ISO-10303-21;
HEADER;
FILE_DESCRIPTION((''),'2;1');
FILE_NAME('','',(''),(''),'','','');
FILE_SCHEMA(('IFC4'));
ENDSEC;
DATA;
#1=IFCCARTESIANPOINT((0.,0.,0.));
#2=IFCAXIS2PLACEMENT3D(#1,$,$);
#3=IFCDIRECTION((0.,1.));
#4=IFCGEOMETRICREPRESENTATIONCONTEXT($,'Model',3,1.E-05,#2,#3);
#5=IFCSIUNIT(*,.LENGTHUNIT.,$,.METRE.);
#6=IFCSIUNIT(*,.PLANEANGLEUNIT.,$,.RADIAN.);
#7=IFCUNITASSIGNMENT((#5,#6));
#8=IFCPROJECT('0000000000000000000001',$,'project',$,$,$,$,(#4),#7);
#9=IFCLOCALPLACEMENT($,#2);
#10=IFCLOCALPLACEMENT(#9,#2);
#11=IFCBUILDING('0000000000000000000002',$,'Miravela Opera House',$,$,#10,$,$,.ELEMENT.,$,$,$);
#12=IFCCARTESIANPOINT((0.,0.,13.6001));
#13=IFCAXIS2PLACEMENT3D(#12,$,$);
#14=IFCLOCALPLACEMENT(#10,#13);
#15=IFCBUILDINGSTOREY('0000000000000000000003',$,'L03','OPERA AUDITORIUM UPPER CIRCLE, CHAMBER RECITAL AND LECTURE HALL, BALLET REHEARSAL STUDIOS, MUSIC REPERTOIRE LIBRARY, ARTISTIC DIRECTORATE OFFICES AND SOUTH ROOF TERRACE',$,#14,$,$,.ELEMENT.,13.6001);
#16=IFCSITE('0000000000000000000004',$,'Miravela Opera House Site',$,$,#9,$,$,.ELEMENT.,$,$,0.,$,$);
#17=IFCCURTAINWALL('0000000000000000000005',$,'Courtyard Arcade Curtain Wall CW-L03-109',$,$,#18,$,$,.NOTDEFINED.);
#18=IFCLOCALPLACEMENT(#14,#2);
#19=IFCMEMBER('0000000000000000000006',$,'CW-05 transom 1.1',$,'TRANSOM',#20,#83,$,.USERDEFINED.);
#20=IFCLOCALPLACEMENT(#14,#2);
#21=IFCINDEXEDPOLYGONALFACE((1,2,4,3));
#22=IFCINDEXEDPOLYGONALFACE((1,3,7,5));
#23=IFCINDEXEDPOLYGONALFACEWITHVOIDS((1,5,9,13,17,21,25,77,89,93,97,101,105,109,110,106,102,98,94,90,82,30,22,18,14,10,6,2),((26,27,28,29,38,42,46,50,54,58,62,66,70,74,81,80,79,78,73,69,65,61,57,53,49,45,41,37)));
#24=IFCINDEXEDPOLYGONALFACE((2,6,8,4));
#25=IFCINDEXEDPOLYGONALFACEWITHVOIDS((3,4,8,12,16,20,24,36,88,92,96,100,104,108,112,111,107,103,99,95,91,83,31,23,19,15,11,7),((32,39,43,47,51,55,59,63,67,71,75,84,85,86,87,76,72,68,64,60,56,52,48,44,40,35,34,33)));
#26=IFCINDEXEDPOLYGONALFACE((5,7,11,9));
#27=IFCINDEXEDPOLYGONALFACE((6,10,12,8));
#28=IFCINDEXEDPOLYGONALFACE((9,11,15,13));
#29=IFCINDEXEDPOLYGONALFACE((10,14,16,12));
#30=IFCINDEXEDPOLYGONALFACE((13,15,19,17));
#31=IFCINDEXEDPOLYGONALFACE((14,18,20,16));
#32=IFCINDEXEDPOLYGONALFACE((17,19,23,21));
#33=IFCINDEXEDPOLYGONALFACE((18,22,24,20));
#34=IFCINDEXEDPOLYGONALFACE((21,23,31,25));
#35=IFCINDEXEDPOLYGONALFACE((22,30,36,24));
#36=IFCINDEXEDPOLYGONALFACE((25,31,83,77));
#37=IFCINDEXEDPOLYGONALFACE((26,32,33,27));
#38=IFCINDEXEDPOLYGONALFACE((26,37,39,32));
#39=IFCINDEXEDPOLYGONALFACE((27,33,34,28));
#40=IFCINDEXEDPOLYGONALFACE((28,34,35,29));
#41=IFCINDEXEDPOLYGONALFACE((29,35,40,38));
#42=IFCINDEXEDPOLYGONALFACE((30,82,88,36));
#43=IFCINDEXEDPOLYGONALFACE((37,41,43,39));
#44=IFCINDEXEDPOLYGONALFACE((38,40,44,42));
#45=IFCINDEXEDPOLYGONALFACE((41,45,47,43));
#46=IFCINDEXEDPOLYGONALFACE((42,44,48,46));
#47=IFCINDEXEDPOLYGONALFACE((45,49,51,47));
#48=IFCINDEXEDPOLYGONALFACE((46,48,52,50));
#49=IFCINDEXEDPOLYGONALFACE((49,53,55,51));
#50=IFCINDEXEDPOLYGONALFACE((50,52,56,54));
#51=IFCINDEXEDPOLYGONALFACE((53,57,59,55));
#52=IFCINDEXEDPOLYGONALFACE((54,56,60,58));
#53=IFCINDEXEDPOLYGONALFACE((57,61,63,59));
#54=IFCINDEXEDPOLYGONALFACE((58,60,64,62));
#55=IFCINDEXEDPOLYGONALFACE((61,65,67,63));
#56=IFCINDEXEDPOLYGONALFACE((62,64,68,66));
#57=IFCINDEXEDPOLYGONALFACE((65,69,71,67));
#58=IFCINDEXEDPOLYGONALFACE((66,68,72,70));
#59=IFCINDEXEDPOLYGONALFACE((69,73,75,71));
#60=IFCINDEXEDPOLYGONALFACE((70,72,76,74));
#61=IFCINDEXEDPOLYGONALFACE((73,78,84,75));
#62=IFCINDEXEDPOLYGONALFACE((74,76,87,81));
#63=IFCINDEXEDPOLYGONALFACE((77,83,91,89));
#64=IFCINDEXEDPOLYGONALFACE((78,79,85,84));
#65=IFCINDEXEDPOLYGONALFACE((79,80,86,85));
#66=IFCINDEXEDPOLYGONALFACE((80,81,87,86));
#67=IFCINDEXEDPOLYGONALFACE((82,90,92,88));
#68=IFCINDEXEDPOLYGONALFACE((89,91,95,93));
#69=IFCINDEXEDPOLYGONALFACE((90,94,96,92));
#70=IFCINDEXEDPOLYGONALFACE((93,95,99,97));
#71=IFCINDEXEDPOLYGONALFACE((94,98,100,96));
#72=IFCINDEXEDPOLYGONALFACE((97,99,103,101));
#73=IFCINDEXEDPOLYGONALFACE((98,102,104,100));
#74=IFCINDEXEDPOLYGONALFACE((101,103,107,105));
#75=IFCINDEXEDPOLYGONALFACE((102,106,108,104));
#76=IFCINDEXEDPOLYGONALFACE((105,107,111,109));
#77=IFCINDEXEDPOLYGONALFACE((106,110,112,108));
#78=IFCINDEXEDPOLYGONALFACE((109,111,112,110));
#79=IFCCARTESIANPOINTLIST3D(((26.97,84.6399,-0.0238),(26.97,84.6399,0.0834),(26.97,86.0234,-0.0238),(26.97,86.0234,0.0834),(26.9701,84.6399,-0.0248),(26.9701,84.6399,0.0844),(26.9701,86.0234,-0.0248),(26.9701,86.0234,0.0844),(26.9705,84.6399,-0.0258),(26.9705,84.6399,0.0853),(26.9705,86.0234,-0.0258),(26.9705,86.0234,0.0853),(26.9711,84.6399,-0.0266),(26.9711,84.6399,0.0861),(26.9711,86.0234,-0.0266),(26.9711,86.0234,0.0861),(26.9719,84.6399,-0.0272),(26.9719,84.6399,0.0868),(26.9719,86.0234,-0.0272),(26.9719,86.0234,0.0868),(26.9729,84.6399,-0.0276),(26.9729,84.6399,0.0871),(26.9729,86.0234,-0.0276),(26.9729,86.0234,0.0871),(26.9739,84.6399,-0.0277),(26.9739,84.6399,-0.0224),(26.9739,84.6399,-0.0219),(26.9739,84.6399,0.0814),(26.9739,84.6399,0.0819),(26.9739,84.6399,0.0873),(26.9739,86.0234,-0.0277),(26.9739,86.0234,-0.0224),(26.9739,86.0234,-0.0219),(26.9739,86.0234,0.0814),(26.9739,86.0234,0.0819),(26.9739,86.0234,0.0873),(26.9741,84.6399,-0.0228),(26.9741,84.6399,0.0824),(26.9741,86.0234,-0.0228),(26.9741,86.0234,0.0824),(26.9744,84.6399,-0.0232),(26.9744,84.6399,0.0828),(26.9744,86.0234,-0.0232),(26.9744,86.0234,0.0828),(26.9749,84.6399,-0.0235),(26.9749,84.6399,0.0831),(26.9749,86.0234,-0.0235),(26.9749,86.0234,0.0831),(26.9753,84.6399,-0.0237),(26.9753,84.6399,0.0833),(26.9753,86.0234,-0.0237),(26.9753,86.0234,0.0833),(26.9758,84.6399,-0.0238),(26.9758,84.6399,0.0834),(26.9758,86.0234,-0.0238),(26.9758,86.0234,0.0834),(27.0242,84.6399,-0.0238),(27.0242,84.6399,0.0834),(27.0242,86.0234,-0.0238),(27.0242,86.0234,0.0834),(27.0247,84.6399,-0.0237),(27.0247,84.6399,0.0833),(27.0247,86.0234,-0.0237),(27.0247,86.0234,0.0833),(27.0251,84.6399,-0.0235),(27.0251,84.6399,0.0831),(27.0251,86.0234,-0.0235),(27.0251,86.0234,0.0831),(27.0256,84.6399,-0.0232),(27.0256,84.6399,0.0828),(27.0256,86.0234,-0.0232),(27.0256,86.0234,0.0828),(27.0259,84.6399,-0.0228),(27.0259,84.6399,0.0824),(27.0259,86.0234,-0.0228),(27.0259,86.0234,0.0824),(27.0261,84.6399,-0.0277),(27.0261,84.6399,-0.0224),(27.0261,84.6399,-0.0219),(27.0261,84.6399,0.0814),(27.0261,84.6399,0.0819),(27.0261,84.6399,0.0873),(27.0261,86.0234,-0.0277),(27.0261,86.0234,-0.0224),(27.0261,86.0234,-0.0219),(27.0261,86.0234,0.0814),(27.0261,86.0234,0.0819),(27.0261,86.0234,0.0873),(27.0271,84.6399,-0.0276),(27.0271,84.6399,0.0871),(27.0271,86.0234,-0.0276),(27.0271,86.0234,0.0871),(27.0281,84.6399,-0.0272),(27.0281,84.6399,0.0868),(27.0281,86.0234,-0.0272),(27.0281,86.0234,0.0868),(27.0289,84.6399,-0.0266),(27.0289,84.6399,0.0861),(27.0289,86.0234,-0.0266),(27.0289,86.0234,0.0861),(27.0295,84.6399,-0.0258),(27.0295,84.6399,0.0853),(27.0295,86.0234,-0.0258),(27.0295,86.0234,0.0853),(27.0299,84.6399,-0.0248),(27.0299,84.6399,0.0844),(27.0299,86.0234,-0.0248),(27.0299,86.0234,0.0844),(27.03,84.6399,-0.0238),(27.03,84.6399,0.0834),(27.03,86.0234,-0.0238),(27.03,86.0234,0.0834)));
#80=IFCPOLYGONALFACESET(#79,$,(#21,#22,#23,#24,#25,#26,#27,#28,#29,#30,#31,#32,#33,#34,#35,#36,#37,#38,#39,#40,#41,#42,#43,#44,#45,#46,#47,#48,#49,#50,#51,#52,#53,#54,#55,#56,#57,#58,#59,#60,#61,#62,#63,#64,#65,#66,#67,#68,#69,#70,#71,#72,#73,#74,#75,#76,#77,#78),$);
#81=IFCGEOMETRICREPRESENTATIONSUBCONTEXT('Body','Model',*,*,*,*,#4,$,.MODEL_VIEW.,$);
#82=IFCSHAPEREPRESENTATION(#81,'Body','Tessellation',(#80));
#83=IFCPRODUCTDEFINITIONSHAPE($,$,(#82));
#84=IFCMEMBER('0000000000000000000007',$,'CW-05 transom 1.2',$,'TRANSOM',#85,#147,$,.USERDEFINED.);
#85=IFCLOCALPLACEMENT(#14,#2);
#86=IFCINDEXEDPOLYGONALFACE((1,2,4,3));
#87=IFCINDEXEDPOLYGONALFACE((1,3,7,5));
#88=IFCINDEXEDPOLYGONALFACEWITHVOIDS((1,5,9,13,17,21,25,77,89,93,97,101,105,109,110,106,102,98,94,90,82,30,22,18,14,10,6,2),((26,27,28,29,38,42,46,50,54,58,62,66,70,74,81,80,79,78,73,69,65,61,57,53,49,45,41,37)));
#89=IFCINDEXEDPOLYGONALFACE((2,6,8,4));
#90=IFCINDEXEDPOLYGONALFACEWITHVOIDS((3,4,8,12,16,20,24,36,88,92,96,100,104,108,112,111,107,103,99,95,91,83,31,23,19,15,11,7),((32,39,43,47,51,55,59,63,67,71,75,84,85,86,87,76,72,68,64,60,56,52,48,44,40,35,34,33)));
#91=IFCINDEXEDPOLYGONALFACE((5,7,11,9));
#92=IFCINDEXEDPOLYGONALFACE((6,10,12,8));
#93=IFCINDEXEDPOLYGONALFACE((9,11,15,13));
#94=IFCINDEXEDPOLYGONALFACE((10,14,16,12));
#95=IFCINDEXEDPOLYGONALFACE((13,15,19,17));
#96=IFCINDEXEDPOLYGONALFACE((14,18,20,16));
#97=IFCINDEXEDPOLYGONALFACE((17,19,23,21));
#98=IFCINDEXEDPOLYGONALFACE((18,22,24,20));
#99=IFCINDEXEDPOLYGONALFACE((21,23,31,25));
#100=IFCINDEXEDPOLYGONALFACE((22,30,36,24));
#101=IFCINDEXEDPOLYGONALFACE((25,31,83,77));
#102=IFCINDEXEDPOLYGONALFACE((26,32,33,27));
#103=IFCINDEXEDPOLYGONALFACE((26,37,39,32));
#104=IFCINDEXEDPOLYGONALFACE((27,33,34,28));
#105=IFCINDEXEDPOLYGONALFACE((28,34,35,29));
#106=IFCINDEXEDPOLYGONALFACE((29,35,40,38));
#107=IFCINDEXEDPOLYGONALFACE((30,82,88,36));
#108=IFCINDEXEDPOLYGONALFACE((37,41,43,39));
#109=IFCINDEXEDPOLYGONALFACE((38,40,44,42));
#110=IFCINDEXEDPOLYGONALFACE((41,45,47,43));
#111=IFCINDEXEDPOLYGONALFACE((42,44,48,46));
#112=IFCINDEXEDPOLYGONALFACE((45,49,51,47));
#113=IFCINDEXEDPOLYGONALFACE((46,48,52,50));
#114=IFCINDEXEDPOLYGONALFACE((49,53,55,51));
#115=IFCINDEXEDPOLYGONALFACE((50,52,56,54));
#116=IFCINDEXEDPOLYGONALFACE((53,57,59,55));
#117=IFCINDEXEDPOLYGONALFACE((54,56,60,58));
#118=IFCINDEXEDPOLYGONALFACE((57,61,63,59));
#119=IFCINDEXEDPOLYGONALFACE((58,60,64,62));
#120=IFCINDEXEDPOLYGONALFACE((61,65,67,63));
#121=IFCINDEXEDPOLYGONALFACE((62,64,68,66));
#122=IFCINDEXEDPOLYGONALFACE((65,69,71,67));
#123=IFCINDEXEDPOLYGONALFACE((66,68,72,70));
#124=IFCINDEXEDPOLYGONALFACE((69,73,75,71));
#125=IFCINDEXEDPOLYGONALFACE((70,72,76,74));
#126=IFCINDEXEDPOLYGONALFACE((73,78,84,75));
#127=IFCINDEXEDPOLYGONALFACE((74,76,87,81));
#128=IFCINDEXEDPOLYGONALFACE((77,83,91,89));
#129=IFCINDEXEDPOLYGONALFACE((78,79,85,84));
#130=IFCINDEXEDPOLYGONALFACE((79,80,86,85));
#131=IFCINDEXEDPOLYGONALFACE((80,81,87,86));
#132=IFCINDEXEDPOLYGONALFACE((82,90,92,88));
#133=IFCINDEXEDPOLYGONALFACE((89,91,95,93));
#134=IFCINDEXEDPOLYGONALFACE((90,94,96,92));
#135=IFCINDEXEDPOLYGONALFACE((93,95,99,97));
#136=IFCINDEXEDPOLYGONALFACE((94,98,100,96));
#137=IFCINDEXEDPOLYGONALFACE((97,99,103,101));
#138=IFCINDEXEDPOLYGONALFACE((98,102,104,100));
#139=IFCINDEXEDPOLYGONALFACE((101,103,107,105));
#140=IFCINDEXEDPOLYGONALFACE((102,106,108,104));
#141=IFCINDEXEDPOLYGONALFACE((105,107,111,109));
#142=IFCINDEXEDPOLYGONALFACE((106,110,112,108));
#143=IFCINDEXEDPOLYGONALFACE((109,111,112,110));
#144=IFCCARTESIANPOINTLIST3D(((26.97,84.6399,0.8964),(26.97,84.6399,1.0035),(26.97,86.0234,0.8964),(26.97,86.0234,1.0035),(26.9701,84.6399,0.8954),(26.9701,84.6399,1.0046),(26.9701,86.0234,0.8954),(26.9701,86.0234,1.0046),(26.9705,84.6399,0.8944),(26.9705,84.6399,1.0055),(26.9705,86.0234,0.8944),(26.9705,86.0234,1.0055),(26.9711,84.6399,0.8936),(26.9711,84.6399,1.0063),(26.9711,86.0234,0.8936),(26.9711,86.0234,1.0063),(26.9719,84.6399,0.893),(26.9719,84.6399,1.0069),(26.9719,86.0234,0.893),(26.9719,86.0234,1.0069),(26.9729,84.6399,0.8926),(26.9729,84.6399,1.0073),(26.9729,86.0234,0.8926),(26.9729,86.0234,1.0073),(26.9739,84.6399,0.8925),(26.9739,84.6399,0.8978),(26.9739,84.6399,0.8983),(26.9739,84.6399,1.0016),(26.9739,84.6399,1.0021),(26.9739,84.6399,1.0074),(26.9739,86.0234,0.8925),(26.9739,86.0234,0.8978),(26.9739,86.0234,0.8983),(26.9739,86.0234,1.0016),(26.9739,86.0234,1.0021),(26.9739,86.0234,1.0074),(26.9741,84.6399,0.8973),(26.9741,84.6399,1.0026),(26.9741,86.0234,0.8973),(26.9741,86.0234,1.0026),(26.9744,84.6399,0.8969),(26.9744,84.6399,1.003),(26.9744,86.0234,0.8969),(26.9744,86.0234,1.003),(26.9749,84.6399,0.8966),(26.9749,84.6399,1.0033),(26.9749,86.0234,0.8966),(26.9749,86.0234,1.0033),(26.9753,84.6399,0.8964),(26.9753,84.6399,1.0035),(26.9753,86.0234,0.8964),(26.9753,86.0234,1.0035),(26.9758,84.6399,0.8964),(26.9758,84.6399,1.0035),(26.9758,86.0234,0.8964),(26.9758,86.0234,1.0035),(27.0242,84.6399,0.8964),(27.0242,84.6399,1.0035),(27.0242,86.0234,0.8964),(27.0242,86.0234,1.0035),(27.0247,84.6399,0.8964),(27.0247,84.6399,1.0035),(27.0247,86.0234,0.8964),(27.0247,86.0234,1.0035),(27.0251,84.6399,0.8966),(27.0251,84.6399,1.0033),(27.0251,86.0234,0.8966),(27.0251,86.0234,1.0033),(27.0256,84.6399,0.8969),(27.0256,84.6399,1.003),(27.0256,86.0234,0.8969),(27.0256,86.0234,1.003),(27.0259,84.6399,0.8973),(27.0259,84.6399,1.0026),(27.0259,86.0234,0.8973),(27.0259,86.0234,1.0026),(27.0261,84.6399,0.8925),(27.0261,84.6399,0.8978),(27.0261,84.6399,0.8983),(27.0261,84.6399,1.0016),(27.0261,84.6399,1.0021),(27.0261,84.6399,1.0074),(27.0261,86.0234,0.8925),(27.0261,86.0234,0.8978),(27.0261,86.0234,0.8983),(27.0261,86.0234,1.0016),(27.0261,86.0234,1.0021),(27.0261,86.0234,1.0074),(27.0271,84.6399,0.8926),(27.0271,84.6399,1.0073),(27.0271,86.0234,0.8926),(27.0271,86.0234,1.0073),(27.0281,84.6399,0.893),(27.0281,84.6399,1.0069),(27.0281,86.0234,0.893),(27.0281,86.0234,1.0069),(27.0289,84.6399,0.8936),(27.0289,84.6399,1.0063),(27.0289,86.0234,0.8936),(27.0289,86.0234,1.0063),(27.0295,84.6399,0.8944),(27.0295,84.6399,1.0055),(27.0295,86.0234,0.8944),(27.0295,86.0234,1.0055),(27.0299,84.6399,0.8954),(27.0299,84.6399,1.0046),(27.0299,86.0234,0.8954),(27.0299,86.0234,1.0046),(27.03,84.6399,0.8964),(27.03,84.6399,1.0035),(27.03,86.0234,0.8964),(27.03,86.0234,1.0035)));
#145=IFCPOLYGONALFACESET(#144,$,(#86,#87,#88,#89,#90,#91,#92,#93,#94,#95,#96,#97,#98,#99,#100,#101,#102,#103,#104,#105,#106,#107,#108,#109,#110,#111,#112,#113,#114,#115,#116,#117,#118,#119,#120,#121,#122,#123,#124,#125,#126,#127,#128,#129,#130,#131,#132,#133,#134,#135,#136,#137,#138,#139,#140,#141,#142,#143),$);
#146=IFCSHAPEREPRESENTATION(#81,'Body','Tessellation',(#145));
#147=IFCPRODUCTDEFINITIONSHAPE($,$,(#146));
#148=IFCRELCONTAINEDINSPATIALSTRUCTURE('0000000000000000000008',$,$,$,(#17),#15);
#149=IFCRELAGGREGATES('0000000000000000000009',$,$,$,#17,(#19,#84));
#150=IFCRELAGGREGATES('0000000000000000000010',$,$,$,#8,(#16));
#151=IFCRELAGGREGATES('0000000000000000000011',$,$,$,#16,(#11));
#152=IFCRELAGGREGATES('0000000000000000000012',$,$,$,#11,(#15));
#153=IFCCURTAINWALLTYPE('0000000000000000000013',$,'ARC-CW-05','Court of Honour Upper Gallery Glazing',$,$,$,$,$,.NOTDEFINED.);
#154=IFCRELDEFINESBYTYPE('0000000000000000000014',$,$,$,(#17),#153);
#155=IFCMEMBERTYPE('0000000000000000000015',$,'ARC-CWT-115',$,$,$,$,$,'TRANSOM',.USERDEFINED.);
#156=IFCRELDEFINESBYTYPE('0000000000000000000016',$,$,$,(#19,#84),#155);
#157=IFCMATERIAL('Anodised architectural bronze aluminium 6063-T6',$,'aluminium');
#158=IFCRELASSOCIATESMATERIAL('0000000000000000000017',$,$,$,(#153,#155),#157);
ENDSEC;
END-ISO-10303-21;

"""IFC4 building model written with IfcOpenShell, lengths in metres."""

from ifc_helpers import new_model, si_unit, direction, frame, origin, origin_2d, place, context, subcontext, project, spatial, hollow_rectangle, extrude, material, material_profile, profile_set, type_object, element, aggregate, save


model = new_model("IFC4")

# Units and contexts
model_context = context("Model", 3, precision=1e-05, world=origin(), true_north=direction((0.0, 1.0)))
body_context = subcontext(model_context, "Body", "Model", "MODEL_VIEW")
ifc_project = project(units=[si_unit("LENGTHUNIT", "METRE"), si_unit("PLANEANGLEUNIT", "RADIAN")], contexts=[model_context])

# Site, building, storey
site_placement = place(None, origin())
site = spatial("IfcSite", under=ifc_project, at=site_placement, Name="Miravela Opera House Site", CompositionType="ELEMENT", RefElevation=0.0)
building_placement = place(site_placement, origin())
building = spatial("IfcBuilding", under=site, at=building_placement, Name="Miravela Opera House", CompositionType="ELEMENT")
storey_placement = place(building_placement, frame((0.0, 0.0, 13.6001)))
storey = spatial("IfcBuildingStorey", under=building, at=storey_placement, Name="L03", Description="OPERA AUDITORIUM UPPER CIRCLE, CHAMBER RECITAL AND LECTURE HALL, BALLET REHEARSAL STUDIOS, MUSIC REPERTOIRE LIBRARY, ARTISTIC DIRECTORATE OFFICES AND SOUTH ROOF TERRACE", CompositionType="ELEMENT", Elevation=13.6001)

# Curtain wall, members
ifc_material_1 = material(Name="Anodised architectural bronze aluminium 6063-T6", Category="aluminium")
curtain_wall_type = type_object("IfcCurtainWallType", Name="ARC-CW-05", Description="Court of Honour Upper Gallery Glazing", PredefinedType="NOTDEFINED", material=ifc_material_1)
curtain_wall_placement = place(storey_placement, origin())
curtain_wall = element("IfcCurtainWall", 1, at=curtain_wall_placement, inside=storey, type_object=curtain_wall_type, Name="Courtyard Arcade Curtain Wall CW-L03-109", PredefinedType="NOTDEFINED")
ifc_material_profile_1 = material_profile(ifc_material_1, hollow_rectangle(XDim=0.0601, YDim=0.115, WallThickness=0.0039, InnerFilletRadius=0.002, OuterFilletRadius=0.0039, at=origin_2d()), Name="CWT-60X115")
ifc_profile_set_1 = profile_set([ifc_material_profile_1])
member_type_1 = type_object("IfcMemberType", Name="ARC-CWT-115", ElementType="TRANSOM", PredefinedType="USERDEFINED", material=ifc_profile_set_1)
member_1_placement = place(storey_placement, frame((27.0, 84.6399, 0.0298), z_axis=(0.0, 1.0, 0.0), x_axis=(-1.0, 0.0, 0.0)))
member_1 = element("IfcMember", 2, at=member_1_placement, type_object=member_type_1, Name="CW-05 transom 1.1", ObjectType="TRANSOM", PredefinedType="USERDEFINED", context=body_context, shape_type="SweptSolid", body=[
    extrude(hollow_rectangle(XDim=0.0601, YDim=0.115, WallThickness=0.0039, InnerFilletRadius=0.002, OuterFilletRadius=0.0039, at=origin_2d()), origin(), (0.0, 0.0, 1.0), 1.3835),
])
member_2_placement = place(storey_placement, frame((27.0, 84.6399, 0.95), z_axis=(0.0, 1.0, 0.0), x_axis=(-1.0, 0.0, 0.0)))
member_2 = element("IfcMember", 3, at=member_2_placement, type_object=member_type_1, Name="CW-05 transom 1.2", ObjectType="TRANSOM", PredefinedType="USERDEFINED", context=body_context, shape_type="SweptSolid", body=[
    extrude(hollow_rectangle(XDim=0.0601, YDim=0.115, WallThickness=0.0039, InnerFilletRadius=0.002, OuterFilletRadius=0.0039, at=origin_2d()), origin(), (0.0, 0.0, 1.0), 1.3835),
])

aggregate(curtain_wall, [member_1, member_2])

save(model, "model.ifc")
